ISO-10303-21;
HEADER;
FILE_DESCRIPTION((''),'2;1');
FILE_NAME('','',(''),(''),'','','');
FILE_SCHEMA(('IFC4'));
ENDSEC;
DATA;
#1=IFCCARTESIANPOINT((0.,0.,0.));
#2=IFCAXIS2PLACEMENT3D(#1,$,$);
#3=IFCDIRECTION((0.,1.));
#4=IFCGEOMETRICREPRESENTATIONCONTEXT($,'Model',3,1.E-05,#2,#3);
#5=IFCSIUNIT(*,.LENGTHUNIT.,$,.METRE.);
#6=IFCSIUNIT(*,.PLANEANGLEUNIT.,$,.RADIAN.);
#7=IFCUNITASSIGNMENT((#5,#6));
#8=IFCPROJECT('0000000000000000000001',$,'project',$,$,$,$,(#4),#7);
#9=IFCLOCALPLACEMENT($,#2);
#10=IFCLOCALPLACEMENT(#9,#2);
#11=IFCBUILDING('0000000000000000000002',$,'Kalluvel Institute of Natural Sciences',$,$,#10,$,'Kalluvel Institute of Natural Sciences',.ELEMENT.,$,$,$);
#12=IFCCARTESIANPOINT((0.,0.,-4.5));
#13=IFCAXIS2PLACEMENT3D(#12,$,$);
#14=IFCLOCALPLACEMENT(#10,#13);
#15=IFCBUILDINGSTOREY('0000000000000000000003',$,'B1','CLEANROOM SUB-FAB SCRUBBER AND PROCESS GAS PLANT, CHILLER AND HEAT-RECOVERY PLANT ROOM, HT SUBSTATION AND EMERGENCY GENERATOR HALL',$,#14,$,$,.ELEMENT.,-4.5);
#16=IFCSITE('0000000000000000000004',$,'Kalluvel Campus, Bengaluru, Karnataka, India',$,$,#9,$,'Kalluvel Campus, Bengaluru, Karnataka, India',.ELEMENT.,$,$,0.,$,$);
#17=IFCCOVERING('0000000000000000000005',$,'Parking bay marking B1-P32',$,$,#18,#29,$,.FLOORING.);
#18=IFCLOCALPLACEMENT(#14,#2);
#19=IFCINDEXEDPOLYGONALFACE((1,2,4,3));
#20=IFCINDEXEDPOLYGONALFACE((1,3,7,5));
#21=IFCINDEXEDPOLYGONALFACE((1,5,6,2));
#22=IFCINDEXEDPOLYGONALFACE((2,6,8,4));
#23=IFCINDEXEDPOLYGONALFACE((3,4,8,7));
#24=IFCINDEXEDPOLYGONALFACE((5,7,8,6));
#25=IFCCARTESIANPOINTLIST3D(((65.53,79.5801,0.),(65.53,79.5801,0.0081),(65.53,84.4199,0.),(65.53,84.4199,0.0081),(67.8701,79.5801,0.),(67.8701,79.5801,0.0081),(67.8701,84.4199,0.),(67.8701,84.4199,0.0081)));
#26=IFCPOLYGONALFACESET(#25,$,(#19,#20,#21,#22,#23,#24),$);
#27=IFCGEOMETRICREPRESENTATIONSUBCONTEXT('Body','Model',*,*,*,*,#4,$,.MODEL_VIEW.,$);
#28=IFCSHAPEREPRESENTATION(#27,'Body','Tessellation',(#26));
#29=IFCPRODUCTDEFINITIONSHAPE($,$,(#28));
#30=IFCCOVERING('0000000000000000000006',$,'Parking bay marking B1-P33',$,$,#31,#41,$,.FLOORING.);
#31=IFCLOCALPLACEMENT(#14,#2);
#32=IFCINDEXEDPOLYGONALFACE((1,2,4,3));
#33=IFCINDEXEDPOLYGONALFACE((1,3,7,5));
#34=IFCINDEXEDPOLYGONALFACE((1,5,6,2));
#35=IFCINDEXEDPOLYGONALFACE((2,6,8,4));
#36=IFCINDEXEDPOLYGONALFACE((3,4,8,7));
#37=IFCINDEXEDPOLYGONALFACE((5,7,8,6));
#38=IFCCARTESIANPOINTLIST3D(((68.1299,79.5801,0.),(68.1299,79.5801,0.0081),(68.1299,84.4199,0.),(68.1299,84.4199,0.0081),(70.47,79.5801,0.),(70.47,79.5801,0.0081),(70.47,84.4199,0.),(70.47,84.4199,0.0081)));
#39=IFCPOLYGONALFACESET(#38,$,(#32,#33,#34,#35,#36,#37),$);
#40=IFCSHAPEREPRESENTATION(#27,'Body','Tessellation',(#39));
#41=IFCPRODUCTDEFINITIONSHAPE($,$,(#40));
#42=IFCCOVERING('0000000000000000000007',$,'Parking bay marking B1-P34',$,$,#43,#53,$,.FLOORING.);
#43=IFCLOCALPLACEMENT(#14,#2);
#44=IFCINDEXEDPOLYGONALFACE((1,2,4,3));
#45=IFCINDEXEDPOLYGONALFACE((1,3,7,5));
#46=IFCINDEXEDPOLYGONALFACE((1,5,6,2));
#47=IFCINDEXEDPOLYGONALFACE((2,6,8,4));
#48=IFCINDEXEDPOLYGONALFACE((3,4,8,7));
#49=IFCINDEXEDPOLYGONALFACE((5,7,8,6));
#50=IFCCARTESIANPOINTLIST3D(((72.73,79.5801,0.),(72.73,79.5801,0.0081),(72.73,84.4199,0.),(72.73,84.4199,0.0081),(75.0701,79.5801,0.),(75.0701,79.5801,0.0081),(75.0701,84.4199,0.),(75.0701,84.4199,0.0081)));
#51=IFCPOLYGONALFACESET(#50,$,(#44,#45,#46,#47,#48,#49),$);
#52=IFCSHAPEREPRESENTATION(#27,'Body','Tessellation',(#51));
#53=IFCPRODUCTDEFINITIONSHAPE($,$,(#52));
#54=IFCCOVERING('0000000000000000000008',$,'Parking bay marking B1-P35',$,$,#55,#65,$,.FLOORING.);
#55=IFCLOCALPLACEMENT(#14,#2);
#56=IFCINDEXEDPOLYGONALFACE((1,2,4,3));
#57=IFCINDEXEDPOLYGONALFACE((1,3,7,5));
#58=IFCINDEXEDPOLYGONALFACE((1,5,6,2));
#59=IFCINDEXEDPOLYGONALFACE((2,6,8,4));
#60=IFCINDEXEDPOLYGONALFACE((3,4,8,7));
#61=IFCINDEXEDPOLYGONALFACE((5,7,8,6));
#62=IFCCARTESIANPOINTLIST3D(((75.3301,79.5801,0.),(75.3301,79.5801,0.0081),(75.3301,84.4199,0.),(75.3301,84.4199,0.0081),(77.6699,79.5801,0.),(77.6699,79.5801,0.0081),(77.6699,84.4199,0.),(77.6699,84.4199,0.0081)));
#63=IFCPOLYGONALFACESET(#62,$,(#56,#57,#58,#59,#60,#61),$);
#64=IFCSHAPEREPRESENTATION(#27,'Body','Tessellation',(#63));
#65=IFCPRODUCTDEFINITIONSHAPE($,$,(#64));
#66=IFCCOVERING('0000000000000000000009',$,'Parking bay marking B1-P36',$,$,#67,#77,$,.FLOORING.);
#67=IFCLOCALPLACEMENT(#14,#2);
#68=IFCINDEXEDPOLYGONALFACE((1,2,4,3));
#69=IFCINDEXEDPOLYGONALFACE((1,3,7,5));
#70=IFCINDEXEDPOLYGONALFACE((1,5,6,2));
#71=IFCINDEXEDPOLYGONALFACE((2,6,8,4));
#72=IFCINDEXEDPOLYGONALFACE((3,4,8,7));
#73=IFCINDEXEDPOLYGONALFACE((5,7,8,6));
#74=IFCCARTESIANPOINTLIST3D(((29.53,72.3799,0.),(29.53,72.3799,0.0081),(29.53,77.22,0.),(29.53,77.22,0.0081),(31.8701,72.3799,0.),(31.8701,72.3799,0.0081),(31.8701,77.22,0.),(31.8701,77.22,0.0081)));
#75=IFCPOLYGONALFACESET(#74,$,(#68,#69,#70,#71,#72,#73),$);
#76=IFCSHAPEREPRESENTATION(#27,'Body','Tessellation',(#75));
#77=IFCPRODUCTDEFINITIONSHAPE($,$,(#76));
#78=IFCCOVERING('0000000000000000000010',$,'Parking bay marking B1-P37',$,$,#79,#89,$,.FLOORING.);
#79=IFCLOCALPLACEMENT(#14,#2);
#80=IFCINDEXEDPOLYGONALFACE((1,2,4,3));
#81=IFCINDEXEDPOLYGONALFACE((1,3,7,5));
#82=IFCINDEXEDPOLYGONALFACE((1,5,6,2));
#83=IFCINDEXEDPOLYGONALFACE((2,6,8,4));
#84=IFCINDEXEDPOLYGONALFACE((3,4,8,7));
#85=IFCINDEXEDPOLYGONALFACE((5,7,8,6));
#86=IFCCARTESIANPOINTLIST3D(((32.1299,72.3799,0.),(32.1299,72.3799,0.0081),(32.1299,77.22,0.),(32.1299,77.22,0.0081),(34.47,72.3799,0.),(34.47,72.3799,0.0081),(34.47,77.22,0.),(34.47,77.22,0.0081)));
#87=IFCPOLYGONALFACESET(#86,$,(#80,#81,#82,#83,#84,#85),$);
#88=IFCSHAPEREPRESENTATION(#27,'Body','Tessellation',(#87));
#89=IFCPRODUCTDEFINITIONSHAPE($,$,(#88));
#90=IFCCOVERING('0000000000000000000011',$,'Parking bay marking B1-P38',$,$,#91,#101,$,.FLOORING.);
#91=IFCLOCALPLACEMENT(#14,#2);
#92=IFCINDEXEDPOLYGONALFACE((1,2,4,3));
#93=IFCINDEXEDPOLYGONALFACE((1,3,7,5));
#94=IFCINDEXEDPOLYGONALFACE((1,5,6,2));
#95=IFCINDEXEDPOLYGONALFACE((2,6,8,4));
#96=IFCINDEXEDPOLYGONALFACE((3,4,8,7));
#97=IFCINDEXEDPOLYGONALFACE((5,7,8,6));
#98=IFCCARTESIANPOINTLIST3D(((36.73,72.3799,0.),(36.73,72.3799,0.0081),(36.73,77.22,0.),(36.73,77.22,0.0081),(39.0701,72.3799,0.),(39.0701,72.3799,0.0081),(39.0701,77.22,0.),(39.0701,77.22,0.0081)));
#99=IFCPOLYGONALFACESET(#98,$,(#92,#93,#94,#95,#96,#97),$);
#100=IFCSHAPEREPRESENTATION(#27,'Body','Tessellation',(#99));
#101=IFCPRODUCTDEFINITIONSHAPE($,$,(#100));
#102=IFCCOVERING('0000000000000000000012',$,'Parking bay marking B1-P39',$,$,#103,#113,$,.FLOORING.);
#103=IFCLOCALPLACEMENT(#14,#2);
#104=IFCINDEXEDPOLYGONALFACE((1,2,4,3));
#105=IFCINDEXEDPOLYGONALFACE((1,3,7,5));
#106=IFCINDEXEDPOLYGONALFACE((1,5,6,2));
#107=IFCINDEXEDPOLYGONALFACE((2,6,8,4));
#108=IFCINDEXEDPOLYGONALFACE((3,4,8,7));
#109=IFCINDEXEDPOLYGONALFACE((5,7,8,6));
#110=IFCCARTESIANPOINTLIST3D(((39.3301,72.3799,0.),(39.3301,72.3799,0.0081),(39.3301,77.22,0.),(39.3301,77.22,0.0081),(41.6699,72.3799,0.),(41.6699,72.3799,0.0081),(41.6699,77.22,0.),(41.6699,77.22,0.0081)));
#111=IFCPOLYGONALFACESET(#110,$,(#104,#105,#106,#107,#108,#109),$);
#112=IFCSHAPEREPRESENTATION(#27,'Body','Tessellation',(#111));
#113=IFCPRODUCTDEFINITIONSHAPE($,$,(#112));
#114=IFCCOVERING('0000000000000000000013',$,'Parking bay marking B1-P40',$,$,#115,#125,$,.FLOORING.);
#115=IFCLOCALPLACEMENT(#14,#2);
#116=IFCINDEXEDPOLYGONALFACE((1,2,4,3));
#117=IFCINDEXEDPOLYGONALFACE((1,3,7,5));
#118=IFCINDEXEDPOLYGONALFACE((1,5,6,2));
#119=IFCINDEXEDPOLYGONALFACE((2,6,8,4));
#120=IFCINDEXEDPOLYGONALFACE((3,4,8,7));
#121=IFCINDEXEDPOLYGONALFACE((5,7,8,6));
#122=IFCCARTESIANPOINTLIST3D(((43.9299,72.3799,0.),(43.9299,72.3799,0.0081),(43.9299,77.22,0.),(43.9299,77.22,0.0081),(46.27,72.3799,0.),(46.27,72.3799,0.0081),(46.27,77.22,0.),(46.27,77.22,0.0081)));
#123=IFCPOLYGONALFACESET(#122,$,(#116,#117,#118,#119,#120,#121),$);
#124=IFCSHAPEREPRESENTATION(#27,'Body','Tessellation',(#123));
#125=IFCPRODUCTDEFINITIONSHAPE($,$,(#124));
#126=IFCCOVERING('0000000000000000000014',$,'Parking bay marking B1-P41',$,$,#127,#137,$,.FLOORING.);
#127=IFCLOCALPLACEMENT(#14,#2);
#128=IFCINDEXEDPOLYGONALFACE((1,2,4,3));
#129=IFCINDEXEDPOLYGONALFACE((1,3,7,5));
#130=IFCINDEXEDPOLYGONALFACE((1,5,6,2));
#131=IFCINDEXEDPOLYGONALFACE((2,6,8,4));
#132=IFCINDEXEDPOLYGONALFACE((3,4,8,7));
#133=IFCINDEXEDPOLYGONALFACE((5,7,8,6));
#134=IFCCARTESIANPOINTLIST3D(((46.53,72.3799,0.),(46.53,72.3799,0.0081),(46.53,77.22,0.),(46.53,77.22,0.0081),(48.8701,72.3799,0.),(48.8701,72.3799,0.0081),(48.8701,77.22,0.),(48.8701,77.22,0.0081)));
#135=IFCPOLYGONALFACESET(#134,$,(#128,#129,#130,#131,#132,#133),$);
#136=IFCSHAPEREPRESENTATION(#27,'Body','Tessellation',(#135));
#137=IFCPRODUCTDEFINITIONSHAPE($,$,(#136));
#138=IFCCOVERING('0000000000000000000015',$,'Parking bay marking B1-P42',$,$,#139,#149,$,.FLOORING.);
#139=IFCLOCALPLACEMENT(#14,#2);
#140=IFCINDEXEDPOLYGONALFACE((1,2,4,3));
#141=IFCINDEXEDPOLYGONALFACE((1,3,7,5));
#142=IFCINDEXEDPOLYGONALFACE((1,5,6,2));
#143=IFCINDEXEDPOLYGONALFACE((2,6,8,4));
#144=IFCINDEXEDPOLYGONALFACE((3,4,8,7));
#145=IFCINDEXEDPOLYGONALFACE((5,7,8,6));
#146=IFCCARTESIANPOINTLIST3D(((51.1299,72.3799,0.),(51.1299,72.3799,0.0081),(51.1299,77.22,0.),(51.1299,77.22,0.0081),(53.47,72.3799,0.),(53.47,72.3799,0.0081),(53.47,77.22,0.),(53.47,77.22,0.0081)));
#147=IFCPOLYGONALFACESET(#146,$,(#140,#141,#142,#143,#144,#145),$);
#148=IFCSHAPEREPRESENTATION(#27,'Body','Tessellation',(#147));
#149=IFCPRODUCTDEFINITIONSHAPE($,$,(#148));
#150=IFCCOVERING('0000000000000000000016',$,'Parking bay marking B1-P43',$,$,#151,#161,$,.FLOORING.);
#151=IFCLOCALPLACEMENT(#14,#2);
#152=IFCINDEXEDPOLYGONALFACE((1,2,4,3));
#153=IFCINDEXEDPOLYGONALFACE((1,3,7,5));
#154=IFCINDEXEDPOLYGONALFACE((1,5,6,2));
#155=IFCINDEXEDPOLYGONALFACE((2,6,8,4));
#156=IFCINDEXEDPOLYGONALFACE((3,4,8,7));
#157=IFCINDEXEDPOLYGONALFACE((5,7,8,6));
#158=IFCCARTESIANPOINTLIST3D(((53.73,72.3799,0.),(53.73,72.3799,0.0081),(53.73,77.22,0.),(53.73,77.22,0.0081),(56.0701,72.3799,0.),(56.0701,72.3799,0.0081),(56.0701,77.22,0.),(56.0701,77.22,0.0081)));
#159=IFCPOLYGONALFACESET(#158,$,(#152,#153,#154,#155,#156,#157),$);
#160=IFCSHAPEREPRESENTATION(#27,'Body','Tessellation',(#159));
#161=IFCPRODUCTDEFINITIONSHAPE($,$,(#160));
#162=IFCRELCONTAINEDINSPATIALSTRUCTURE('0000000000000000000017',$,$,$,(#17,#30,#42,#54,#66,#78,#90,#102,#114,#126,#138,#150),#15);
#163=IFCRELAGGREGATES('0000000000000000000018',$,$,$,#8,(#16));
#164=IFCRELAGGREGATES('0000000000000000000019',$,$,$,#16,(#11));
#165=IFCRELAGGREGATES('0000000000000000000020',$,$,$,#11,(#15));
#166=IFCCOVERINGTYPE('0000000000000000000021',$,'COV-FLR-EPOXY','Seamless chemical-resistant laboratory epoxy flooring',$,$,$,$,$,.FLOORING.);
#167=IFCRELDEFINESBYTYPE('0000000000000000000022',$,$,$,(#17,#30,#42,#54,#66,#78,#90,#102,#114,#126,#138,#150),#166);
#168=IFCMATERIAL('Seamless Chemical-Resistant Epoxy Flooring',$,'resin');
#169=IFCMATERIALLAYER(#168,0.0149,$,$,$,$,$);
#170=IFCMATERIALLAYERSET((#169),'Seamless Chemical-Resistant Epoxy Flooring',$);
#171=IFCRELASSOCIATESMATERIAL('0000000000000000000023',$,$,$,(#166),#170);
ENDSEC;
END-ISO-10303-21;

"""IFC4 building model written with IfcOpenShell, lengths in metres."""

from ifc_helpers import new_model, si_unit, direction, frame, origin, place, context, subcontext, project, spatial, polyline, outline, extrude, material, layer, layer_set, type_object, element, save


model = new_model("IFC4")

# Units and contexts
model_context = context("Model", 3, precision=1e-05, world=origin(), true_north=direction((0.0, 1.0)))
body_context = subcontext(model_context, "Body", "Model", "MODEL_VIEW")
ifc_project = project(units=[si_unit("LENGTHUNIT", "METRE"), si_unit("PLANEANGLEUNIT", "RADIAN")], contexts=[model_context])

# Site, building, storey
site_placement = place(None, origin())
site = spatial("IfcSite", under=ifc_project, at=site_placement, Name="Kalluvel Campus, Bengaluru, Karnataka, India", LongName="Kalluvel Campus, Bengaluru, Karnataka, India", CompositionType="ELEMENT", RefElevation=0.0)
building_placement = place(site_placement, origin())
building = spatial("IfcBuilding", under=site, at=building_placement, Name="Kalluvel Institute of Natural Sciences", LongName="Kalluvel Institute of Natural Sciences", CompositionType="ELEMENT")
storey_placement = place(building_placement, frame((0.0, 0.0, -4.5)))
storey = spatial("IfcBuildingStorey", under=building, at=storey_placement, Name="B1", Description="CLEANROOM SUB-FAB SCRUBBER AND PROCESS GAS PLANT, CHILLER AND HEAT-RECOVERY PLANT ROOM, HT SUBSTATION AND EMERGENCY GENERATOR HALL", CompositionType="ELEMENT", Elevation=-4.5)

# Coverings
ifc_material_1 = material(Name="Seamless Chemical-Resistant Epoxy Flooring", Category="resin")
ifc_layer_1 = layer(ifc_material_1, 0.0149)
ifc_layer_set_1 = layer_set([ifc_layer_1], Name="Seamless Chemical-Resistant Epoxy Flooring")
covering_type = type_object("IfcCoveringType", Name="COV-FLR-EPOXY", Description="Seamless chemical-resistant laboratory epoxy flooring", PredefinedType="FLOORING", material=ifc_layer_set_1)
covering_1_placement = place(storey_placement, origin())
element("IfcCovering", 1, at=covering_1_placement, inside=storey, type_object=covering_type, Name="Parking bay marking B1-P32", PredefinedType="FLOORING", context=body_context, shape_type="SweptSolid", body=[
    extrude(outline(polyline([(65.53, 79.5801), (67.8701, 79.5801), (67.8701, 84.4199), (65.53, 84.4199), (65.53, 79.5801)])), origin(), (0.0, 0.0, 1.0), 0.0081),
])
covering_2_placement = place(storey_placement, origin())
element("IfcCovering", 2, at=covering_2_placement, inside=storey, type_object=covering_type, Name="Parking bay marking B1-P33", PredefinedType="FLOORING", context=body_context, shape_type="SweptSolid", body=[
    extrude(outline(polyline([(68.1299, 79.5801), (70.47, 79.5801), (70.47, 84.4199), (68.1299, 84.4199), (68.1299, 79.5801)])), origin(), (0.0, 0.0, 1.0), 0.0081),
])
covering_3_placement = place(storey_placement, origin())
element("IfcCovering", 3, at=covering_3_placement, inside=storey, type_object=covering_type, Name="Parking bay marking B1-P34", PredefinedType="FLOORING", context=body_context, shape_type="SweptSolid", body=[
    extrude(outline(polyline([(72.73, 79.5801), (75.0701, 79.5801), (75.0701, 84.4199), (72.73, 84.4199), (72.73, 79.5801)])), origin(), (0.0, 0.0, 1.0), 0.0081),
])
covering_4_placement = place(storey_placement, origin())
element("IfcCovering", 4, at=covering_4_placement, inside=storey, type_object=covering_type, Name="Parking bay marking B1-P35", PredefinedType="FLOORING", context=body_context, shape_type="SweptSolid", body=[
    extrude(outline(polyline([(75.3301, 79.5801), (77.6699, 79.5801), (77.6699, 84.4199), (75.3301, 84.4199), (75.3301, 79.5801)])), origin(), (0.0, 0.0, 1.0), 0.0081),
])
covering_5_placement = place(storey_placement, origin())
element("IfcCovering", 5, at=covering_5_placement, inside=storey, type_object=covering_type, Name="Parking bay marking B1-P36", PredefinedType="FLOORING", context=body_context, shape_type="SweptSolid", body=[
    extrude(outline(polyline([(29.53, 72.3799), (31.8701, 72.3799), (31.8701, 77.22), (29.53, 77.22), (29.53, 72.3799)])), origin(), (0.0, 0.0, 1.0), 0.0081),
])
covering_6_placement = place(storey_placement, origin())
element("IfcCovering", 6, at=covering_6_placement, inside=storey, type_object=covering_type, Name="Parking bay marking B1-P37", PredefinedType="FLOORING", context=body_context, shape_type="SweptSolid", body=[
    extrude(outline(polyline([(32.1299, 72.3799), (34.47, 72.3799), (34.47, 77.22), (32.1299, 77.22), (32.1299, 72.3799)])), origin(), (0.0, 0.0, 1.0), 0.0081),
])
covering_7_placement = place(storey_placement, origin())
element("IfcCovering", 7, at=covering_7_placement, inside=storey, type_object=covering_type, Name="Parking bay marking B1-P38", PredefinedType="FLOORING", context=body_context, shape_type="SweptSolid", body=[
    extrude(outline(polyline([(36.73, 72.3799), (39.0701, 72.3799), (39.0701, 77.22), (36.73, 77.22), (36.73, 72.3799)])), origin(), (0.0, 0.0, 1.0), 0.0081),
])
covering_8_placement = place(storey_placement, origin())
element("IfcCovering", 8, at=covering_8_placement, inside=storey, type_object=covering_type, Name="Parking bay marking B1-P39", PredefinedType="FLOORING", context=body_context, shape_type="SweptSolid", body=[
    extrude(outline(polyline([(39.3301, 72.3799), (41.6699, 72.3799), (41.6699, 77.22), (39.3301, 77.22), (39.3301, 72.3799)])), origin(), (0.0, 0.0, 1.0), 0.0081),
])
covering_9_placement = place(storey_placement, origin())
element("IfcCovering", 9, at=covering_9_placement, inside=storey, type_object=covering_type, Name="Parking bay marking B1-P40", PredefinedType="FLOORING", context=body_context, shape_type="SweptSolid", body=[
    extrude(outline(polyline([(43.9299, 72.3799), (46.27, 72.3799), (46.27, 77.22), (43.9299, 77.22), (43.9299, 72.3799)])), origin(), (0.0, 0.0, 1.0), 0.0081),
])
covering_10_placement = place(storey_placement, origin())
element("IfcCovering", 10, at=covering_10_placement, inside=storey, type_object=covering_type, Name="Parking bay marking B1-P41", PredefinedType="FLOORING", context=body_context, shape_type="SweptSolid", body=[
    extrude(outline(polyline([(46.53, 72.3799), (48.8701, 72.3799), (48.8701, 77.22), (46.53, 77.22), (46.53, 72.3799)])), origin(), (0.0, 0.0, 1.0), 0.0081),
])
covering_11_placement = place(storey_placement, origin())
element("IfcCovering", 11, at=covering_11_placement, inside=storey, type_object=covering_type, Name="Parking bay marking B1-P42", PredefinedType="FLOORING", context=body_context, shape_type="SweptSolid", body=[
    extrude(outline(polyline([(51.1299, 72.3799), (53.47, 72.3799), (53.47, 77.22), (51.1299, 77.22), (51.1299, 72.3799)])), origin(), (0.0, 0.0, 1.0), 0.0081),
])
covering_12_placement = place(storey_placement, origin())
element("IfcCovering", 12, at=covering_12_placement, inside=storey, type_object=covering_type, Name="Parking bay marking B1-P43", PredefinedType="FLOORING", context=body_context, shape_type="SweptSolid", body=[
    extrude(outline(polyline([(53.73, 72.3799), (56.0701, 72.3799), (56.0701, 77.22), (53.73, 77.22), (53.73, 72.3799)])), origin(), (0.0, 0.0, 1.0), 0.0081),
])

save(model, "model.ifc")
